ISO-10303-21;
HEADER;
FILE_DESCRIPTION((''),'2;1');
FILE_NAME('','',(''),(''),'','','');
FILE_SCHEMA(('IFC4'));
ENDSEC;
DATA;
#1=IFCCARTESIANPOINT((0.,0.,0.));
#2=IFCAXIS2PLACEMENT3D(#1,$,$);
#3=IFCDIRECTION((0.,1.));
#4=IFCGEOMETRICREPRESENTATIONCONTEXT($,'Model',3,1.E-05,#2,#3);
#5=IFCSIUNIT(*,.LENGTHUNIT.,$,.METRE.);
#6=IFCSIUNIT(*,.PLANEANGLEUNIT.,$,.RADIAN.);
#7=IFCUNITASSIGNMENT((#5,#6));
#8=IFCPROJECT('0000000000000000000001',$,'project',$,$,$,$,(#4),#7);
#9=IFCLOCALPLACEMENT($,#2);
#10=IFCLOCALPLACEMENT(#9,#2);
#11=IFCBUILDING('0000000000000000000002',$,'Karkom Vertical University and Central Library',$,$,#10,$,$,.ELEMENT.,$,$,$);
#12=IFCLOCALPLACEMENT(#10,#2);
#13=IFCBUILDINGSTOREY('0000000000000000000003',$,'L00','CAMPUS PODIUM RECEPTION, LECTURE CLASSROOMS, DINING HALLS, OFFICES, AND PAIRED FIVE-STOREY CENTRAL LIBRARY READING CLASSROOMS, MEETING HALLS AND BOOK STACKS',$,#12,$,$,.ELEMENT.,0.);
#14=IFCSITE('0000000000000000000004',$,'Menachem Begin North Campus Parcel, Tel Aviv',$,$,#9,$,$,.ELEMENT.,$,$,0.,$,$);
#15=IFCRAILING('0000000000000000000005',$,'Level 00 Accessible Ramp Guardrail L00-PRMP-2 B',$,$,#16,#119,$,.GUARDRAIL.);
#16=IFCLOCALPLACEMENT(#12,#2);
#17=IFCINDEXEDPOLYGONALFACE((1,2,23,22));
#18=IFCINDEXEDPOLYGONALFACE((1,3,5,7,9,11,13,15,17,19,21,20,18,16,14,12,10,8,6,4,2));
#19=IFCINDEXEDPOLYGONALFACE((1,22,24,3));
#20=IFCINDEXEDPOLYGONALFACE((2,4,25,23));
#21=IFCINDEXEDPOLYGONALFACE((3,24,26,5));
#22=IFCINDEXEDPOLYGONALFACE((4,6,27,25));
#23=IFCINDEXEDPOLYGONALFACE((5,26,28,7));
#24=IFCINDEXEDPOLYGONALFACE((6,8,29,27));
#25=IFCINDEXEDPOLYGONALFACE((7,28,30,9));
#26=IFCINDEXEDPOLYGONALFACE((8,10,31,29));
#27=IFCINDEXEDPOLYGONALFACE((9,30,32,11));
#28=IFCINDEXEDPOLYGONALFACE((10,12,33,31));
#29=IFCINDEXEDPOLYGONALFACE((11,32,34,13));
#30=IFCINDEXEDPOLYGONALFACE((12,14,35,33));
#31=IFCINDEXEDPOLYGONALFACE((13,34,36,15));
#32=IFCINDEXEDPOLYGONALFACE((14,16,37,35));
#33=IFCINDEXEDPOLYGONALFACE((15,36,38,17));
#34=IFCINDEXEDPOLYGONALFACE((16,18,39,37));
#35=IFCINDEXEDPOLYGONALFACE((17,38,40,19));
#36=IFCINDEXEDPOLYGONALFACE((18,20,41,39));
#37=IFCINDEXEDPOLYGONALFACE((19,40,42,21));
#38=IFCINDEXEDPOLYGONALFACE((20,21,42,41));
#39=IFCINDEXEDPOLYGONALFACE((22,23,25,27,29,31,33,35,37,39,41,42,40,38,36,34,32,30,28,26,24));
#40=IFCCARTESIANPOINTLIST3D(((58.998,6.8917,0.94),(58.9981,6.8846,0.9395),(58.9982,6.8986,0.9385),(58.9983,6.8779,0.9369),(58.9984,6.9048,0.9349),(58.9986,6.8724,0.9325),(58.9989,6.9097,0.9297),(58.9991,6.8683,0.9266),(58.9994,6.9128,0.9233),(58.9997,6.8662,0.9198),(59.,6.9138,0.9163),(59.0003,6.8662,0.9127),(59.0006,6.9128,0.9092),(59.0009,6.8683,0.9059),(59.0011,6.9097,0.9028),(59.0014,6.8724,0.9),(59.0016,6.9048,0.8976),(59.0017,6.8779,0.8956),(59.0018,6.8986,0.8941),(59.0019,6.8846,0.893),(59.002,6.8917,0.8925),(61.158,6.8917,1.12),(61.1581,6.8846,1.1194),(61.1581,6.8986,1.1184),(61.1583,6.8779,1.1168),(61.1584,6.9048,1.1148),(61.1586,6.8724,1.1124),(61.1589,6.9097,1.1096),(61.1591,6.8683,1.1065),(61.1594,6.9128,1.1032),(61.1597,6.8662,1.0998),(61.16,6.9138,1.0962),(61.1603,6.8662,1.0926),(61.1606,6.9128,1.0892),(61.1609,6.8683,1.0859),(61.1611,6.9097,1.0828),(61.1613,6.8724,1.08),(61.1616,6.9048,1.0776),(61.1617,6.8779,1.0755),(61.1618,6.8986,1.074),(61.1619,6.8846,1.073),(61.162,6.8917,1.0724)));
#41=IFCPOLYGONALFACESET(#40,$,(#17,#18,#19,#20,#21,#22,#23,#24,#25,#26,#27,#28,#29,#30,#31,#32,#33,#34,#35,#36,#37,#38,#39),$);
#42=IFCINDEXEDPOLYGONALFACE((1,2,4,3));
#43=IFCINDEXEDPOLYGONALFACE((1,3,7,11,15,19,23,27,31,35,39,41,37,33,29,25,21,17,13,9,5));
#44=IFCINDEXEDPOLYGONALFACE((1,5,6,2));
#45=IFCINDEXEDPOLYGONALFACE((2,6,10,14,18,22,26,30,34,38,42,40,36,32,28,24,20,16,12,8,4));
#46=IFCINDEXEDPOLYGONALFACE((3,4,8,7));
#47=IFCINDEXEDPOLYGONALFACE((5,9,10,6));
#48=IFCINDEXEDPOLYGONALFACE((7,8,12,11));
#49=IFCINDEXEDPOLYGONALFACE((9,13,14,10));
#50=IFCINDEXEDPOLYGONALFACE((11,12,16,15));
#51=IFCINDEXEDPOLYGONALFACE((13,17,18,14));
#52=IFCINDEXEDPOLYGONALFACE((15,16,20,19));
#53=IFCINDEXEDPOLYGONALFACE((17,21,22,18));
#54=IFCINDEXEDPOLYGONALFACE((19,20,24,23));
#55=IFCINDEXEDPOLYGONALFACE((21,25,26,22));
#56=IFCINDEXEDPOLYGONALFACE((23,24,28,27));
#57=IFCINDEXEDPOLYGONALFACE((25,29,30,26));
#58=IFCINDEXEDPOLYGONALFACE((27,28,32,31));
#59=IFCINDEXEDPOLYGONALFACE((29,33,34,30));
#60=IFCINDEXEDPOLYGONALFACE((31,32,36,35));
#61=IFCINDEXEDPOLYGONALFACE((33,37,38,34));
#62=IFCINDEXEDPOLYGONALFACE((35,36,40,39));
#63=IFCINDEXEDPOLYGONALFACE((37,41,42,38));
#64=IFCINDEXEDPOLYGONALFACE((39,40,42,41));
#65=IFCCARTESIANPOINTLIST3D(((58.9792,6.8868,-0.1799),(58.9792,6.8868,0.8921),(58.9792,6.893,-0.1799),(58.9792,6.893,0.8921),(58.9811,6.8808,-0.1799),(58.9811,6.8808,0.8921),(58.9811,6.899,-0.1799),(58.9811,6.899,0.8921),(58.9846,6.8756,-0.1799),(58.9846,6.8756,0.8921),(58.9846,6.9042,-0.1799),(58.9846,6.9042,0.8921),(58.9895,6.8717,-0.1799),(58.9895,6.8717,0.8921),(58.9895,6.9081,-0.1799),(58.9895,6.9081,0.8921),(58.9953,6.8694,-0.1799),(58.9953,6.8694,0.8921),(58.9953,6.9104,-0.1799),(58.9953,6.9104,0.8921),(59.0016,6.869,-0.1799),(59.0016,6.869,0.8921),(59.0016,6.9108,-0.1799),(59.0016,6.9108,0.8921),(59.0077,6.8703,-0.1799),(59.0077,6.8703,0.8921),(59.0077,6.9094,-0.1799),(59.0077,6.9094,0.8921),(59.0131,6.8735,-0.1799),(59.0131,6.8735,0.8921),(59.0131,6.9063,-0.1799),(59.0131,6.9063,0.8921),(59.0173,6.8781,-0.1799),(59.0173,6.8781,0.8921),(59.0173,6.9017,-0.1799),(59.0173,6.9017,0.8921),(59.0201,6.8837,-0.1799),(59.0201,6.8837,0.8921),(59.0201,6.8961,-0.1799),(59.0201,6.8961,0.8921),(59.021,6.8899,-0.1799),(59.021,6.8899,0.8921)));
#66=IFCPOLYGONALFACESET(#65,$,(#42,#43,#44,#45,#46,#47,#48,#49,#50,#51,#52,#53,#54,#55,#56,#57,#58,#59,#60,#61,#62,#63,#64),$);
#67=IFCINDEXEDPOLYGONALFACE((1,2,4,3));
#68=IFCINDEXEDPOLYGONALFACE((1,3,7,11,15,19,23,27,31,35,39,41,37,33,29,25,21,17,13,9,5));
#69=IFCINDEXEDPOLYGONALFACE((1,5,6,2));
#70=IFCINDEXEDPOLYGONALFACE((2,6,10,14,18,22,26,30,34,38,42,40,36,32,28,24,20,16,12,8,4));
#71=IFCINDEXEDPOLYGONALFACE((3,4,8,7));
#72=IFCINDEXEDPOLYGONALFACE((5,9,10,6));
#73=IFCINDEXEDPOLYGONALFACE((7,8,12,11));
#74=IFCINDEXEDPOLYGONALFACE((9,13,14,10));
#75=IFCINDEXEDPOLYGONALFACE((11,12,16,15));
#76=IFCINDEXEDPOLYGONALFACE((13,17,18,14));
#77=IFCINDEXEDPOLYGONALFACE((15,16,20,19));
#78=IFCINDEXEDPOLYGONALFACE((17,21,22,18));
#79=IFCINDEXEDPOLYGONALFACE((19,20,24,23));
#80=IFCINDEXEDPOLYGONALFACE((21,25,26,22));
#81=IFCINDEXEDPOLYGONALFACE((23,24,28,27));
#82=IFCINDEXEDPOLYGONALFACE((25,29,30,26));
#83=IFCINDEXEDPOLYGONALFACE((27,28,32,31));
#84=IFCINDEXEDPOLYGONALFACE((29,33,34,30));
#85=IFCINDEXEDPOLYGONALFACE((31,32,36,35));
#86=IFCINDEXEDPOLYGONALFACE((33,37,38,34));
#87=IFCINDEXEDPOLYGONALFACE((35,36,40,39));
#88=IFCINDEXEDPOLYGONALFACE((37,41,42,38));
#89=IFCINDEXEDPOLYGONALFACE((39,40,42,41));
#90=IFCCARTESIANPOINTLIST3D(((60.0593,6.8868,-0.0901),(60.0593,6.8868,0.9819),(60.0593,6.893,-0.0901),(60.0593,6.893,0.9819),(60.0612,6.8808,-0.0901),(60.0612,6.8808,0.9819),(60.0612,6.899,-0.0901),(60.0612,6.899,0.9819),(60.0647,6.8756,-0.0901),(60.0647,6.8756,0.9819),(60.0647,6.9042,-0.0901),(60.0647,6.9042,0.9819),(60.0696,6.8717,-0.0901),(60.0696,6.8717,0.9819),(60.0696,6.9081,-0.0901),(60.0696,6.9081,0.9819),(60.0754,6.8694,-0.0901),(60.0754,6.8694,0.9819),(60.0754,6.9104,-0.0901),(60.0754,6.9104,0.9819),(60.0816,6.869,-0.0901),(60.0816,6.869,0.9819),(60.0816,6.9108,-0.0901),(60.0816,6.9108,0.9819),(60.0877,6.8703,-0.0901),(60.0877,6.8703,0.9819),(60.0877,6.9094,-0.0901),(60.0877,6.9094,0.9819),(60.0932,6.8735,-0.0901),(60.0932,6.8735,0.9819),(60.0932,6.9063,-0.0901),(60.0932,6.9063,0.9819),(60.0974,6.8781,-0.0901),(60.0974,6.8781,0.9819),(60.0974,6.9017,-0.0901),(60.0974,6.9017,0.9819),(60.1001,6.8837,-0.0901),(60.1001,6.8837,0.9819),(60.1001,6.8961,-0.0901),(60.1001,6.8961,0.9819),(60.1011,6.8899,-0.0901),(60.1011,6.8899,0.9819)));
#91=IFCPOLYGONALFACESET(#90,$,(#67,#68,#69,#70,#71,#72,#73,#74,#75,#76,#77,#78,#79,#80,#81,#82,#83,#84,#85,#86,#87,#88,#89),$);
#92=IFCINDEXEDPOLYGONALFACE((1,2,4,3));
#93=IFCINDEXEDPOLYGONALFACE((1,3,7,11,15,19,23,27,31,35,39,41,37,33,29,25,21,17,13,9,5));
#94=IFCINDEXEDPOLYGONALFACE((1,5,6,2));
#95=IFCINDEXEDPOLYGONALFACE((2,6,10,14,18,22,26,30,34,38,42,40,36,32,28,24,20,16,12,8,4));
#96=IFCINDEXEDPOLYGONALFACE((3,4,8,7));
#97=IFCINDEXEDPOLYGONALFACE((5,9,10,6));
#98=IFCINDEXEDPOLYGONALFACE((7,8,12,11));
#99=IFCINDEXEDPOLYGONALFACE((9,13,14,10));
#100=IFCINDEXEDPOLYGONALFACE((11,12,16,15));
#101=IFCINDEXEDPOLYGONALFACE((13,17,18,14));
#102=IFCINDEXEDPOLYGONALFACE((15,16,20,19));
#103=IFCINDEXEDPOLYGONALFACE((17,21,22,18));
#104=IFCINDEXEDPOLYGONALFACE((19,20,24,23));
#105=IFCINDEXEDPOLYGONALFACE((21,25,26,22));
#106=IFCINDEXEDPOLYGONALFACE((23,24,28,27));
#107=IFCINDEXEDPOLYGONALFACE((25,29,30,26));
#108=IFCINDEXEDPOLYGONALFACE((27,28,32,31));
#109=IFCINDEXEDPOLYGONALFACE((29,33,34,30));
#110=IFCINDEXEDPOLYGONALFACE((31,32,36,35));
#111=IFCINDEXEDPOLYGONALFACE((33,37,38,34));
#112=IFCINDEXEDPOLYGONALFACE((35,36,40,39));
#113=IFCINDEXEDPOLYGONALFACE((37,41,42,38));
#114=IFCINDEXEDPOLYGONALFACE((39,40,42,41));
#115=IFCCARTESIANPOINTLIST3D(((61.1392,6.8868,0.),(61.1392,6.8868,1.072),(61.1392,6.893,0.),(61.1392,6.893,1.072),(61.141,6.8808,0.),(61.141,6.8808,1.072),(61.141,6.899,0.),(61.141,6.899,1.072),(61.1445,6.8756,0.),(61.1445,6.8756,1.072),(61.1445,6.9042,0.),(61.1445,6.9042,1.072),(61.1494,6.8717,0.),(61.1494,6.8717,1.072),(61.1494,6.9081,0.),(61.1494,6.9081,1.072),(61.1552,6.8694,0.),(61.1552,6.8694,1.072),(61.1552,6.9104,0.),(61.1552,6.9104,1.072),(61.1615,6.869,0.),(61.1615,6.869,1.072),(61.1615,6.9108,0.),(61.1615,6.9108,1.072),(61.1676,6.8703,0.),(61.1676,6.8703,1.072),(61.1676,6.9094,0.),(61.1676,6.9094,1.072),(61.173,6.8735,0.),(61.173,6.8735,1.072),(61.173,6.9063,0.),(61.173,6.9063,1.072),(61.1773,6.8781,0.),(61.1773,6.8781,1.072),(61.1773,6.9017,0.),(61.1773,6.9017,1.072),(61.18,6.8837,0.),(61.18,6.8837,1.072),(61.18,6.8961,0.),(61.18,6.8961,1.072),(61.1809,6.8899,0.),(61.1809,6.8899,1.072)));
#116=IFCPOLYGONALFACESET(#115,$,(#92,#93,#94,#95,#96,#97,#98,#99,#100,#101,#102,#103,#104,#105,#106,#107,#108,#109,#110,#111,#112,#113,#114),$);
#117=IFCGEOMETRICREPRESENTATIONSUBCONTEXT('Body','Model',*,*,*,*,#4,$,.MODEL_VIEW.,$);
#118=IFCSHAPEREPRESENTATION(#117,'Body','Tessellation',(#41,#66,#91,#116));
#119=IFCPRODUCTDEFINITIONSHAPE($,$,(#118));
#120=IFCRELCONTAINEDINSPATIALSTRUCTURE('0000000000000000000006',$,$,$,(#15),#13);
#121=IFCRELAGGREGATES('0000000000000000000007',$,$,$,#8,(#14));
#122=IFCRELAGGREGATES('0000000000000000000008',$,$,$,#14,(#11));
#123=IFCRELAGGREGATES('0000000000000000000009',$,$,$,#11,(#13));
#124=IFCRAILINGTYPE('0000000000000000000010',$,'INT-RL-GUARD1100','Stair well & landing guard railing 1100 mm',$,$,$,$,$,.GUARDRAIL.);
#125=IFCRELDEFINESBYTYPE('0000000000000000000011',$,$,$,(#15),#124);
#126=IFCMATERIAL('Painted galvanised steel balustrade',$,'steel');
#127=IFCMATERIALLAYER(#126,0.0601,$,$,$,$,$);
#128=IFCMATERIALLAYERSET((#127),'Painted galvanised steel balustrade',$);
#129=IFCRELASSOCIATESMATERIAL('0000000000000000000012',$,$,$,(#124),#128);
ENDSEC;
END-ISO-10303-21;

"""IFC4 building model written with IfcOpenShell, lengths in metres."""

from ifc_helpers import new_model, si_unit, direction, frame, origin, origin_2d, place, context, subcontext, project, spatial, circle, extrude, material, layer, layer_set, type_object, element, save


model = new_model("IFC4")

# Units and contexts
model_context = context("Model", 3, precision=1e-05, world=origin(), true_north=direction((0.0, 1.0)))
body_context = subcontext(model_context, "Body", "Model", "MODEL_VIEW")
ifc_project = project(units=[si_unit("LENGTHUNIT", "METRE"), si_unit("PLANEANGLEUNIT", "RADIAN")], contexts=[model_context])

# Site, building, storey
site_placement = place(None, origin())
site = spatial("IfcSite", under=ifc_project, at=site_placement, Name="Menachem Begin North Campus Parcel, Tel Aviv", CompositionType="ELEMENT", RefElevation=0.0)
building_placement = place(site_placement, origin())
building = spatial("IfcBuilding", under=site, at=building_placement, Name="Karkom Vertical University and Central Library", CompositionType="ELEMENT")
storey_placement = place(building_placement, origin())
storey = spatial("IfcBuildingStorey", under=building, at=storey_placement, Name="L00", Description="CAMPUS PODIUM RECEPTION, LECTURE CLASSROOMS, DINING HALLS, OFFICES, AND PAIRED FIVE-STOREY CENTRAL LIBRARY READING CLASSROOMS, MEETING HALLS AND BOOK STACKS", CompositionType="ELEMENT", Elevation=0.0)

# Railing
ifc_material_1 = material(Name="Painted galvanised steel balustrade", Category="steel")
ifc_layer_1 = layer(ifc_material_1, 0.0601)
ifc_layer_set_1 = layer_set([ifc_layer_1], Name="Painted galvanised steel balustrade")
railing_type = type_object("IfcRailingType", Name="INT-RL-GUARD1100", Description="Stair well & landing guard railing 1100 mm", PredefinedType="GUARDRAIL", material=ifc_layer_set_1)
for number, where, name in (
    (1, (59.0, 6.8899, -0.1799), "Level 00 Accessible Ramp Guardrail L00-PRMP-2 B"),
):
    element("IfcRailing", number, at=place(storey_placement, frame(where)), inside=storey, type_object=railing_type, Name=name, PredefinedType="GUARDRAIL", context=body_context, shape_type="SweptSolid", body=[
        extrude(circle(Radius=0.0239, at=origin_2d()), frame((0.0, 0.0, 1.0962), z_axis=(0.996548, 0.0, 0.083018), x_axis=(0.0, 1.0, 0.0)), (0.0, 0.0, 1.0), 2.1675),
        extrude(circle(Radius=0.021, at=origin_2d()), origin(), (0.0, 0.0, 1.0), 1.072),
        extrude(circle(Radius=0.021, at=origin_2d()), frame((1.0801, 0.0, 0.0898)), (0.0, 0.0, 1.0), 1.072),
        extrude(circle(Radius=0.021, at=origin_2d()), frame((2.1599, 0.0, 0.1799)), (0.0, 0.0, 1.0), 1.072),
    ])

save(model, "model.ifc")
